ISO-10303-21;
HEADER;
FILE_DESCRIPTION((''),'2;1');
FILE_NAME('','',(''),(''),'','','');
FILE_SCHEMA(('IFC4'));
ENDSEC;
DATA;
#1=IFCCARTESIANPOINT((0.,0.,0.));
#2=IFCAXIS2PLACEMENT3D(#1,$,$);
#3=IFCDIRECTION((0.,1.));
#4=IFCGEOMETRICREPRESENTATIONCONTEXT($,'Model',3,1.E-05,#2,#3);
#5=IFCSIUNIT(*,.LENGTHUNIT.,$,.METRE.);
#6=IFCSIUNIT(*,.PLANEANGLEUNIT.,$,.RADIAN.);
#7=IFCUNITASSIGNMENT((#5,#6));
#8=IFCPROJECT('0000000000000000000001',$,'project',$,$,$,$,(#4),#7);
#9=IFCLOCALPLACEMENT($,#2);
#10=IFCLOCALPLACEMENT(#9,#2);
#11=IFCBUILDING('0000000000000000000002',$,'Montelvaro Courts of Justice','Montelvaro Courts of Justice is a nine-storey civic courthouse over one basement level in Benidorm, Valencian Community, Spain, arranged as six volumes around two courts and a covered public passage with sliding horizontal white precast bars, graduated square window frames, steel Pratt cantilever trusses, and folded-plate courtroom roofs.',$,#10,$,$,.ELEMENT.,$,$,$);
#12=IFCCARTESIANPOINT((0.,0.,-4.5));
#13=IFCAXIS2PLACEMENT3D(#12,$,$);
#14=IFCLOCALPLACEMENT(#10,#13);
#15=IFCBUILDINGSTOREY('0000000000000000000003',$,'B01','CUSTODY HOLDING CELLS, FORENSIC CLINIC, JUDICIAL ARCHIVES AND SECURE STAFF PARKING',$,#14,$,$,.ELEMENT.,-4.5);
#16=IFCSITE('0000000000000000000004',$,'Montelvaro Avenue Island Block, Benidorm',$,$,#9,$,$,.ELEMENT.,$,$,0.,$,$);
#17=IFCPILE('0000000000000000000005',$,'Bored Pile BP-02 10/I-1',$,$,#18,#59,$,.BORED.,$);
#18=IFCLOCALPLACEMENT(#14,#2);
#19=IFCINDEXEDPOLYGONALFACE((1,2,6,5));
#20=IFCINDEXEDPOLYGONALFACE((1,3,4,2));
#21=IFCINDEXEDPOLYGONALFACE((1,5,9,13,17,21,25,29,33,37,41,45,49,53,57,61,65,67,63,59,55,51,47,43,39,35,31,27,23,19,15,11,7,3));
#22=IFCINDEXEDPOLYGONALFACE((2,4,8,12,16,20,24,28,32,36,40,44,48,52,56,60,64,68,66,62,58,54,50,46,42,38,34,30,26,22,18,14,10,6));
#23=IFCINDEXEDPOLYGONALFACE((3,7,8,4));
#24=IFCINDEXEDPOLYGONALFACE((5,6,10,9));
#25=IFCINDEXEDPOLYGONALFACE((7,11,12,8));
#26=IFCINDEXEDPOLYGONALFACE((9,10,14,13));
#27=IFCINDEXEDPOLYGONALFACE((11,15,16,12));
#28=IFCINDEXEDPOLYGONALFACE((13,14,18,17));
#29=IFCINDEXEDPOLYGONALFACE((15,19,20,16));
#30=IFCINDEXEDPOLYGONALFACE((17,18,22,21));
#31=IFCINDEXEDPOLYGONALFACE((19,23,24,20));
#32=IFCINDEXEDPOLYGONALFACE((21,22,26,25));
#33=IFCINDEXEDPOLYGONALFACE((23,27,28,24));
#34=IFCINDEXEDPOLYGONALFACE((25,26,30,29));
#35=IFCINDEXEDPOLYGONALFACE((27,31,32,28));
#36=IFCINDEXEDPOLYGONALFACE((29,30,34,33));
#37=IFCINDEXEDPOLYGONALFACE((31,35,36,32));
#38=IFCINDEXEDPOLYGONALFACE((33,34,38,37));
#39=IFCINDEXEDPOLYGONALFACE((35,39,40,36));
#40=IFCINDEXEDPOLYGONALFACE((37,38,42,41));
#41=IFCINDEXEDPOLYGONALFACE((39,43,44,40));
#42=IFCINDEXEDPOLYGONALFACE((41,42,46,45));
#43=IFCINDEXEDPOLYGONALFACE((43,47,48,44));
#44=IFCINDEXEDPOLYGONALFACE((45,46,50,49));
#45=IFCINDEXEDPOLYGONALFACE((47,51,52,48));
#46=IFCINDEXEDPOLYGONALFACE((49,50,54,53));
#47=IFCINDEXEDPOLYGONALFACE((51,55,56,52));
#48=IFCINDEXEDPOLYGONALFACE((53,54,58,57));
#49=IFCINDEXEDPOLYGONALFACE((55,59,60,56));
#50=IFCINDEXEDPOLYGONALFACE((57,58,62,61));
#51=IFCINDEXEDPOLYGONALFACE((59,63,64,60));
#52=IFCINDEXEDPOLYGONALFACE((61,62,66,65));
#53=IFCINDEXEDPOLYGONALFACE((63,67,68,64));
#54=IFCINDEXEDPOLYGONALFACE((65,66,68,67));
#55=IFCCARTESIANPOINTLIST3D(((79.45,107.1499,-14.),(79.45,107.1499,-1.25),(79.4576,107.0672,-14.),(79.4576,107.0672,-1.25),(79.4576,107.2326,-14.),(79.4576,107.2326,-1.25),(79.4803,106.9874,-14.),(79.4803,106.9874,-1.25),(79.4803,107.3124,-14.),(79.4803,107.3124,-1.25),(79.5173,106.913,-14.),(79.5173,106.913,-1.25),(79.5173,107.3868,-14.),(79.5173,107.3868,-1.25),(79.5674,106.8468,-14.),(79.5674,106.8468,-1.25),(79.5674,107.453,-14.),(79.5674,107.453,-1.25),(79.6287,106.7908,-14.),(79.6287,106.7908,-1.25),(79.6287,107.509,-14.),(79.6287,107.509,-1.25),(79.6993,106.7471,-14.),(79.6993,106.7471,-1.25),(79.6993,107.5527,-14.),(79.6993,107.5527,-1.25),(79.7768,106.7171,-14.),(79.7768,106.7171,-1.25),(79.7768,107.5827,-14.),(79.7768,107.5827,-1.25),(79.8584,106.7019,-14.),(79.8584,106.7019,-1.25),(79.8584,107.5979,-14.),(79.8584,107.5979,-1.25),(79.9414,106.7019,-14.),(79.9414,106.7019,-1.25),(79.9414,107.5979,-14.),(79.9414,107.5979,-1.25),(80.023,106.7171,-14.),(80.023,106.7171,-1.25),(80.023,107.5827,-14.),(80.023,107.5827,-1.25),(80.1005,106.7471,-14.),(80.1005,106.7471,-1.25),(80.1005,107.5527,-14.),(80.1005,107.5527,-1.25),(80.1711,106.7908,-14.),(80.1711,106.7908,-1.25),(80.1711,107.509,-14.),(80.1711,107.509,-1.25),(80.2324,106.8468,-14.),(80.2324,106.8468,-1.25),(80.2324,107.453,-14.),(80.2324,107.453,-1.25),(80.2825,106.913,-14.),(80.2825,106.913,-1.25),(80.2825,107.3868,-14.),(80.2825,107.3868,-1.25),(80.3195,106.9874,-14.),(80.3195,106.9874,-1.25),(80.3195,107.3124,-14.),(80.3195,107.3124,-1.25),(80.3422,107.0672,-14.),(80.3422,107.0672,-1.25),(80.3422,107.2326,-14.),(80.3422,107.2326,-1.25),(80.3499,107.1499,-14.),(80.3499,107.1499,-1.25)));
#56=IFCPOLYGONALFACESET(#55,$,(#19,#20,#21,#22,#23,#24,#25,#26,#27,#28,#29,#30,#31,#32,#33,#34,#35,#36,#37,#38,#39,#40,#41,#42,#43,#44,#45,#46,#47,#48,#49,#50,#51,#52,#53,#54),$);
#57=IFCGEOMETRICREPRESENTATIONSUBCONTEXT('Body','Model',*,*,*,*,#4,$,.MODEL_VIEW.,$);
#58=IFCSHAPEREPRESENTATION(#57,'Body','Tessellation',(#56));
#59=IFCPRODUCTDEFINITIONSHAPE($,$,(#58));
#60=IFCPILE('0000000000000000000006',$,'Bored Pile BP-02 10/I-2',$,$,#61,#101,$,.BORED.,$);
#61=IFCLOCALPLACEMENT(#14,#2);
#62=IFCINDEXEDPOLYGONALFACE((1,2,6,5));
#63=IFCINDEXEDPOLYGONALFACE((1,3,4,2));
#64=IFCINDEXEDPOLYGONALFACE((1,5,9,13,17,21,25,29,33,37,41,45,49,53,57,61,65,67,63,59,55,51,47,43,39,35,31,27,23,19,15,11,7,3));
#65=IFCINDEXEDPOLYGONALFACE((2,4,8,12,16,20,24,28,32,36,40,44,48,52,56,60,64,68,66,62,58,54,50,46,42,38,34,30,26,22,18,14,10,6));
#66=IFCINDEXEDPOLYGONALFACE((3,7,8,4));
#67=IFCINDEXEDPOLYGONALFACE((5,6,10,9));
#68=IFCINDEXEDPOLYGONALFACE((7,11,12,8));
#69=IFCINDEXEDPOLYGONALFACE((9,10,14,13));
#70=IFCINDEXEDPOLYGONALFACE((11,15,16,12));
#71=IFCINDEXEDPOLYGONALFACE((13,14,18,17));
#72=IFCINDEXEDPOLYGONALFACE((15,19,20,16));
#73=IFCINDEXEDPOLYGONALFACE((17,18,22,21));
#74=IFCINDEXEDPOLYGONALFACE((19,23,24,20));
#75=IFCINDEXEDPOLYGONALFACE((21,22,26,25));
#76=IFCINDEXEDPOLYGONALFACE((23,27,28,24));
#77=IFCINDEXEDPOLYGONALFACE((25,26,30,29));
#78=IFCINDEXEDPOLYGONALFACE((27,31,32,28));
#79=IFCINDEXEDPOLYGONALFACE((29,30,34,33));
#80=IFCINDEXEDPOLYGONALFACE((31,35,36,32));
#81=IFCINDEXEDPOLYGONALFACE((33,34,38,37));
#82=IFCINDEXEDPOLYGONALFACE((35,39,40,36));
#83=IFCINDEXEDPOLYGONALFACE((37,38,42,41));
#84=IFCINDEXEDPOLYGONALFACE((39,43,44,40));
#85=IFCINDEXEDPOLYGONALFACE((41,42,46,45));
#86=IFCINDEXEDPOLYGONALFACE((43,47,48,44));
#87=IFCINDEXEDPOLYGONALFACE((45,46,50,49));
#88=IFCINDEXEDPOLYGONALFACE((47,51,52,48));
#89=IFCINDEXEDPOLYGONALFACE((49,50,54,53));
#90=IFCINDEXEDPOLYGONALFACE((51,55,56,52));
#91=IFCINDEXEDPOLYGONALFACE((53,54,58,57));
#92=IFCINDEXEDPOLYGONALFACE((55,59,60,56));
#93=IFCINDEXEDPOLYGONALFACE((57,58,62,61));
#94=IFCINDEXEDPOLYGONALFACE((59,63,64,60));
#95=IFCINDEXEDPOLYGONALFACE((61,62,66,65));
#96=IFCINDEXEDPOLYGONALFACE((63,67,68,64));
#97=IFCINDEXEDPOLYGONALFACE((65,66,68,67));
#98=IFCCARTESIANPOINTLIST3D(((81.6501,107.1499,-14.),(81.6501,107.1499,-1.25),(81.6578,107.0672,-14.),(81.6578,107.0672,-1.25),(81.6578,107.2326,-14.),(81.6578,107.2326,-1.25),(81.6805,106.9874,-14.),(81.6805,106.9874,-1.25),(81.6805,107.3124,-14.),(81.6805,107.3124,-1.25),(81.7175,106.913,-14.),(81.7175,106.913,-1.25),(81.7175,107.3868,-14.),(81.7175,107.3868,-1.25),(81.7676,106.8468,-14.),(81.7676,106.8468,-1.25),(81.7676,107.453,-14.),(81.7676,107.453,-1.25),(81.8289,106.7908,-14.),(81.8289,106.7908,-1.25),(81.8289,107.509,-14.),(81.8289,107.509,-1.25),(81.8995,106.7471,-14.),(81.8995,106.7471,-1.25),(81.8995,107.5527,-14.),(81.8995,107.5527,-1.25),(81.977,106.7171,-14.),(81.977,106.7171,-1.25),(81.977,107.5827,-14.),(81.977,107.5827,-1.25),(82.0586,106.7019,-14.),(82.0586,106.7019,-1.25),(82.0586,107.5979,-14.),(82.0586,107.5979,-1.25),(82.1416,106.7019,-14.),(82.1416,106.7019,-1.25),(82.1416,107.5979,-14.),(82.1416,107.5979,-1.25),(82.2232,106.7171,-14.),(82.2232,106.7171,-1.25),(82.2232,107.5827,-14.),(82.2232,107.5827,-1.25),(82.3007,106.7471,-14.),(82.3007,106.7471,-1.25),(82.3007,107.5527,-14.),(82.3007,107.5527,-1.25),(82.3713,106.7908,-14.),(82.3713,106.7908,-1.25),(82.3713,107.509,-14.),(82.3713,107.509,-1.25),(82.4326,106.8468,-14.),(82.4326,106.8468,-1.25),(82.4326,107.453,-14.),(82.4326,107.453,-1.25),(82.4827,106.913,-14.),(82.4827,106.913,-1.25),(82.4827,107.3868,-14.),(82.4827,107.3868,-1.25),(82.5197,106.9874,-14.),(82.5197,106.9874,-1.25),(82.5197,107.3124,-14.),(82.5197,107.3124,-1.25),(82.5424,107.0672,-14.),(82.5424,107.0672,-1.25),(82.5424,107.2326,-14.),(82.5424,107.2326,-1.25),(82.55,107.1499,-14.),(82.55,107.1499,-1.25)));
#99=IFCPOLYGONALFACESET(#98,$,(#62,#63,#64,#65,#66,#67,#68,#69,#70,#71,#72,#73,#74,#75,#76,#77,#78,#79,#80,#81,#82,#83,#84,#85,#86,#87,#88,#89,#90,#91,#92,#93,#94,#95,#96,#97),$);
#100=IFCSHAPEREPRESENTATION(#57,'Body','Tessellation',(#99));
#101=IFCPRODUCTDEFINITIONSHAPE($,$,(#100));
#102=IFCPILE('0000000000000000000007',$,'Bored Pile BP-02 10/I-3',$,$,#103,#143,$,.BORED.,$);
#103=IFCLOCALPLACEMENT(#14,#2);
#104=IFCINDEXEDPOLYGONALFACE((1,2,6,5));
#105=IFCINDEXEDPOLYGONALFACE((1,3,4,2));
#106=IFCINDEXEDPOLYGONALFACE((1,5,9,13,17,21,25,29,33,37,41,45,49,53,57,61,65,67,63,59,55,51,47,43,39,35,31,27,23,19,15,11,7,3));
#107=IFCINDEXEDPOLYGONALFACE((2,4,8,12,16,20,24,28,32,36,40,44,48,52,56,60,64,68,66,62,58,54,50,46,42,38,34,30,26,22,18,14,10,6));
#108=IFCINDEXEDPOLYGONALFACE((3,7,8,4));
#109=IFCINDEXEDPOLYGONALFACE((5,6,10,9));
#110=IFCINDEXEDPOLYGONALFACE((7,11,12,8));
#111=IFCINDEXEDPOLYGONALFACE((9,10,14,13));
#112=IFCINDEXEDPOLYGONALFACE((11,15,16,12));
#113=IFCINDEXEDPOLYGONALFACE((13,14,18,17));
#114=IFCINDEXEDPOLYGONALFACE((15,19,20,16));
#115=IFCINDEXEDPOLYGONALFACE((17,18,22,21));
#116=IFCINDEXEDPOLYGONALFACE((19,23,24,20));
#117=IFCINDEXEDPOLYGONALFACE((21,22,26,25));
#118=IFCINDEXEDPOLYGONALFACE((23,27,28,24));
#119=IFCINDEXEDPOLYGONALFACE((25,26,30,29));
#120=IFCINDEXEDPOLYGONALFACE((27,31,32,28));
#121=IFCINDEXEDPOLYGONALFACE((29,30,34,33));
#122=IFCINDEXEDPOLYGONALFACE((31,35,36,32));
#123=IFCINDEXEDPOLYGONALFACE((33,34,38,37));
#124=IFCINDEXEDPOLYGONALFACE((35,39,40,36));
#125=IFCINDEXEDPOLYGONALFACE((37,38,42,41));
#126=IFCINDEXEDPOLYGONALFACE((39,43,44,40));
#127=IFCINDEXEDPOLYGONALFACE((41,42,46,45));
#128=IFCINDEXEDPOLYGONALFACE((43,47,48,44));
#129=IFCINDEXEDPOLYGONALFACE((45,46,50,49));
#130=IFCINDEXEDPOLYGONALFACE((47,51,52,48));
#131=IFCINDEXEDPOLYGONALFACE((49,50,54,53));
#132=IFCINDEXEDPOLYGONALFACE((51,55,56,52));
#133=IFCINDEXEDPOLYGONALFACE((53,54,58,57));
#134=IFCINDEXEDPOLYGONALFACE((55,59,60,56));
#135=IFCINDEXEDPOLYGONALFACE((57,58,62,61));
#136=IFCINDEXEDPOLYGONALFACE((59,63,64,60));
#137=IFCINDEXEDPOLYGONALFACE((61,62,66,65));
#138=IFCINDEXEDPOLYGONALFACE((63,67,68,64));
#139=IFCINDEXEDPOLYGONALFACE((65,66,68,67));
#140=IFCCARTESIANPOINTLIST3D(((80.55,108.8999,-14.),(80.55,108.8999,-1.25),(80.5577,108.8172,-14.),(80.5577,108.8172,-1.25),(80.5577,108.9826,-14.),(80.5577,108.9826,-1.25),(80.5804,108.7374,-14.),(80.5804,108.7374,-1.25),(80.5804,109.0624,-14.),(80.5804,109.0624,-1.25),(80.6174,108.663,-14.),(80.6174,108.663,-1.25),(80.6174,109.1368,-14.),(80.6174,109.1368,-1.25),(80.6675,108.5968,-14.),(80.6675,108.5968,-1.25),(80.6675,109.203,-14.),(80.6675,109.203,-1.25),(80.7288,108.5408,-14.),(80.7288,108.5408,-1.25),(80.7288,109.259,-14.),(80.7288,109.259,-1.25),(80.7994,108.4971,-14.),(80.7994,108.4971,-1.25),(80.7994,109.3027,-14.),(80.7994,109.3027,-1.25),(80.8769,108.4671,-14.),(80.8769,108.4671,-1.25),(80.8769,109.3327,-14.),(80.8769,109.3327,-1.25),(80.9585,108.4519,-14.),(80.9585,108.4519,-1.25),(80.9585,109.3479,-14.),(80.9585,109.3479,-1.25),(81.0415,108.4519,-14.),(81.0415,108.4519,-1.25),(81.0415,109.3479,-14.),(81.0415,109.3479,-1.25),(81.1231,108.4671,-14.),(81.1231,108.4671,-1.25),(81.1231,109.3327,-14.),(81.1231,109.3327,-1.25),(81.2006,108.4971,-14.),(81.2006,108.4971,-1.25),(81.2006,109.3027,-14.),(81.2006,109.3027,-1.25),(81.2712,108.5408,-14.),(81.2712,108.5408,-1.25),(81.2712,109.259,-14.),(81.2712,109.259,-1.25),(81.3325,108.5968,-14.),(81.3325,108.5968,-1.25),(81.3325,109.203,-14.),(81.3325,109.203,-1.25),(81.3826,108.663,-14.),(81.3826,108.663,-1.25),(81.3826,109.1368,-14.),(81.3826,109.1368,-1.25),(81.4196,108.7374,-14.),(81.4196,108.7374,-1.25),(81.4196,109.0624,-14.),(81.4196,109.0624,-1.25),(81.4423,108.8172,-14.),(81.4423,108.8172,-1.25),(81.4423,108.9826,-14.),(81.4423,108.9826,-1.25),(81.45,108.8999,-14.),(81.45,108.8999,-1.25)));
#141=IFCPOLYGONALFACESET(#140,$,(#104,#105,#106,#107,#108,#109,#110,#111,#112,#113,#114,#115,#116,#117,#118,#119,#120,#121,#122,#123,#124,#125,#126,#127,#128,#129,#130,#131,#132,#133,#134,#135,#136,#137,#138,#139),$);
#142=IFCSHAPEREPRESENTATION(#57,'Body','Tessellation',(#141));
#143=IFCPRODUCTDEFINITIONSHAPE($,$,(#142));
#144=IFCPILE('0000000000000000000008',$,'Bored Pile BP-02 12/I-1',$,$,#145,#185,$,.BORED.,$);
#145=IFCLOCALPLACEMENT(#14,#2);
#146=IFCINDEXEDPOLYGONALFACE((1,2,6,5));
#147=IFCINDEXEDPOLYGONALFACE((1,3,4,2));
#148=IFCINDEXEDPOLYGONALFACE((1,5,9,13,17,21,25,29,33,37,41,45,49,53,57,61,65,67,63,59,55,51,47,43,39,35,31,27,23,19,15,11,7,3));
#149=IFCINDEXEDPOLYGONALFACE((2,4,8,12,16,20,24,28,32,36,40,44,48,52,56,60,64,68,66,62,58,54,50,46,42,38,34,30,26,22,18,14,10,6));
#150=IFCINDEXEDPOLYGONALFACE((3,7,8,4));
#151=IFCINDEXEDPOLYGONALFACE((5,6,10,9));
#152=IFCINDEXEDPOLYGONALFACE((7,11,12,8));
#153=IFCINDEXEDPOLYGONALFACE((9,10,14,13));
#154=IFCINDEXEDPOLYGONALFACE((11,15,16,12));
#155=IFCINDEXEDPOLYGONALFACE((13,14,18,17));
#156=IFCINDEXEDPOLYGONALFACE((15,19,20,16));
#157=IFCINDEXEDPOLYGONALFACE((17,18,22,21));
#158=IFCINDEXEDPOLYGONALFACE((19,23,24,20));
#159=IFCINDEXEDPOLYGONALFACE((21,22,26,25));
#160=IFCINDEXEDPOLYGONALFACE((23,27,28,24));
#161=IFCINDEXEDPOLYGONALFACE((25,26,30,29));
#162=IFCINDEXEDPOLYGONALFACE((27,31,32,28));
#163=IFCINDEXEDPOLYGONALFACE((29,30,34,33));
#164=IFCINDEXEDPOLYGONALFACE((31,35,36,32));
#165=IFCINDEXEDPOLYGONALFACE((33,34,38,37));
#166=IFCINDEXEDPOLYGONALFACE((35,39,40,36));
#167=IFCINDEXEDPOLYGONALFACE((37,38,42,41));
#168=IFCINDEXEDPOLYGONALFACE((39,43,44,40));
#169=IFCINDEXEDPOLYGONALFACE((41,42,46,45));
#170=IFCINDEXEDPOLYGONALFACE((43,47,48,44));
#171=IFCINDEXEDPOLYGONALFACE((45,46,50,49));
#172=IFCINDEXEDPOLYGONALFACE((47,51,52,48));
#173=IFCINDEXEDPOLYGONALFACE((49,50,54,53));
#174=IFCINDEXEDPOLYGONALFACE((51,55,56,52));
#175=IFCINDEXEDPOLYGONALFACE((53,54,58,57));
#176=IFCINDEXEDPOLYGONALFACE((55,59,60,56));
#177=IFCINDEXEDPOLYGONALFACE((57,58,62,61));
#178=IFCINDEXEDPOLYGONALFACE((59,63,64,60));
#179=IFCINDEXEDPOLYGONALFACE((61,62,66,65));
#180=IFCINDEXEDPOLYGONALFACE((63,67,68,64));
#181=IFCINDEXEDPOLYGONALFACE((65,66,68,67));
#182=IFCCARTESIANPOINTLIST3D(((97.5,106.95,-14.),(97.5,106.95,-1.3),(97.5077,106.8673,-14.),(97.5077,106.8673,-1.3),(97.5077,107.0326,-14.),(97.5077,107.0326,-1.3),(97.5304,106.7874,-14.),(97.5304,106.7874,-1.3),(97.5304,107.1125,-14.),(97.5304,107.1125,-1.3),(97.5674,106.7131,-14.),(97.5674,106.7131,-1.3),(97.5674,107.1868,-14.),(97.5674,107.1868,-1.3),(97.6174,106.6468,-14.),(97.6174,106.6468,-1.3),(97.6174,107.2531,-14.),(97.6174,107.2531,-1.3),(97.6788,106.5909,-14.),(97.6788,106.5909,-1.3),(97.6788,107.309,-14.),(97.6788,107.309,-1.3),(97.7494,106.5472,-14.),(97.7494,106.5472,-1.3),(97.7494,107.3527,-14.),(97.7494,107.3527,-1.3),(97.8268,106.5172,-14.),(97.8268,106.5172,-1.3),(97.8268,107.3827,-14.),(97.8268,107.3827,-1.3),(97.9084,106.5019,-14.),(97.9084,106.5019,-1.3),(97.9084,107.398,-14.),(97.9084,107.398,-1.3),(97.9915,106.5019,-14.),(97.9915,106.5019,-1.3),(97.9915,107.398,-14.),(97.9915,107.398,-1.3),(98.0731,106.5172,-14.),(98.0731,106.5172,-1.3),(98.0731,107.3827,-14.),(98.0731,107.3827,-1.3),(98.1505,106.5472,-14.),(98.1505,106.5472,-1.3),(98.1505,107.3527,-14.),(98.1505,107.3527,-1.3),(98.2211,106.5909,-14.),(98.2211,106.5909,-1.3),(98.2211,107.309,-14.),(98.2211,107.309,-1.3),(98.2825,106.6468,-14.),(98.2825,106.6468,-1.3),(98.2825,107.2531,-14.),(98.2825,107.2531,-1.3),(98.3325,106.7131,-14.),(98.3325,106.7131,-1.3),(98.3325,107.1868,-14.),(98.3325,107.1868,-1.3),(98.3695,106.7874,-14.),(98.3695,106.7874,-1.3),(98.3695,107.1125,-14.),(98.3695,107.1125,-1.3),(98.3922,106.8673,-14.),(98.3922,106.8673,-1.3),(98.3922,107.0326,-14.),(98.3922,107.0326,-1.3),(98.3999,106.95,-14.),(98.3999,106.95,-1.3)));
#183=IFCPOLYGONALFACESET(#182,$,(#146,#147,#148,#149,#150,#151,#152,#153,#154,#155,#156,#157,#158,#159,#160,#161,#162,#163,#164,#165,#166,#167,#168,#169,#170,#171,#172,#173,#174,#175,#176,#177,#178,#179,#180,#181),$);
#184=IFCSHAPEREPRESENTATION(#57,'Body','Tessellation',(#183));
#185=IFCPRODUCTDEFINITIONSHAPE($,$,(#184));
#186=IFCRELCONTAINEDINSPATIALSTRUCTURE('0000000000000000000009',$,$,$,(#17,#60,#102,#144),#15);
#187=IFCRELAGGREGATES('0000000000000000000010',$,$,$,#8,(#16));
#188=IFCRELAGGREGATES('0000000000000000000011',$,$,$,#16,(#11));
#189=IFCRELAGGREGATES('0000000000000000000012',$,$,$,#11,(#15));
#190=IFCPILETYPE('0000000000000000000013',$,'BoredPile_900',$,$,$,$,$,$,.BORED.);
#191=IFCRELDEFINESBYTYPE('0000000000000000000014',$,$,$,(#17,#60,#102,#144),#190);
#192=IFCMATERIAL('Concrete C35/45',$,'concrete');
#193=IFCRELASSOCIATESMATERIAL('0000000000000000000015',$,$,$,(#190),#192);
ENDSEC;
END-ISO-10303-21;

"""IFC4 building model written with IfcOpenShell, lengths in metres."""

from ifc_helpers import new_model, si_unit, direction, frame, origin, origin_2d, place, context, subcontext, project, spatial, circle, extrude, material, material_profile, profile_set, type_object, element, save


model = new_model("IFC4")

# Units and contexts
model_context = context("Model", 3, precision=1e-05, world=origin(), true_north=direction((0.0, 1.0)))
body_context = subcontext(model_context, "Body", "Model", "MODEL_VIEW")
ifc_project = project(units=[si_unit("LENGTHUNIT", "METRE"), si_unit("PLANEANGLEUNIT", "RADIAN")], contexts=[model_context])

# Site, building, storey
site_placement = place(None, origin())
site = spatial("IfcSite", under=ifc_project, at=site_placement, Name="Montelvaro Avenue Island Block, Benidorm", CompositionType="ELEMENT", RefElevation=0.0)
building_placement = place(site_placement, origin())
building = spatial("IfcBuilding", under=site, at=building_placement, Name="Montelvaro Courts of Justice", Description="Montelvaro Courts of Justice is a nine-storey civic courthouse over one basement level in Benidorm, Valencian Community, Spain, arranged as six volumes around two courts and a covered public passage with sliding horizontal white precast bars, graduated square window frames, steel Pratt cantilever trusses, and folded-plate courtroom roofs.", CompositionType="ELEMENT")
storey_placement = place(building_placement, frame((0.0, 0.0, -4.5)))
storey = spatial("IfcBuildingStorey", under=building, at=storey_placement, Name="B01", Description="CUSTODY HOLDING CELLS, FORENSIC CLINIC, JUDICIAL ARCHIVES AND SECURE STAFF PARKING", CompositionType="ELEMENT", Elevation=-4.5)

# Piles
ifc_material_1 = material(Name="Concrete C35/45", Category="concrete")
ifc_material_profile_1 = material_profile(ifc_material_1, circle(Radius=0.45, at=origin_2d()), Name="BORED PILE D900")
ifc_profile_set_1 = profile_set([ifc_material_profile_1], Name="Concrete C35/45")
pile_type_1 = type_object("IfcPileType", Name="BoredPile_900", PredefinedType="BORED", material=ifc_profile_set_1)
for number, where, z_axis, x_axis, name in (
    (1, (79.8999, 107.1499, -1.25), (0.0, 0.0, -1.0), (1.0, 0.0, 0.0), "Bored Pile BP-02 10/I-1"),
    (2, (82.1001, 107.1499, -1.25), (0.0, 0.0, -1.0), (1.0, 0.0, 0.0), "Bored Pile BP-02 10/I-2"),
    (3, (81.0, 108.8999, -1.25), (0.0, 0.0, -1.0), (1.0, 0.0, 0.0), "Bored Pile BP-02 10/I-3"),
):
    element("IfcPile", number, at=place(storey_placement, frame(where, z_axis=z_axis, x_axis=x_axis)), inside=storey, type_object=pile_type_1, Name=name, PredefinedType="BORED", context=body_context, shape_type="SweptSolid", body=[
        extrude(circle(Radius=0.45, at=origin_2d()), origin(), (0.0, 0.0, 1.0), 12.75),
    ])
for number, where, z_axis, x_axis, name in (
    (4, (97.95, 106.95, -1.3), (0.0, 0.0, -1.0), (1.0, 0.0, 0.0), "Bored Pile BP-02 12/I-1"),
):
    element("IfcPile", number, at=place(storey_placement, frame(where, z_axis=z_axis, x_axis=x_axis)), inside=storey, type_object=pile_type_1, Name=name, PredefinedType="BORED", context=body_context, shape_type="SweptSolid", body=[
        extrude(circle(Radius=0.45, at=origin_2d()), origin(), (0.0, 0.0, 1.0), 12.7),
    ])

save(model, "model.ifc")
